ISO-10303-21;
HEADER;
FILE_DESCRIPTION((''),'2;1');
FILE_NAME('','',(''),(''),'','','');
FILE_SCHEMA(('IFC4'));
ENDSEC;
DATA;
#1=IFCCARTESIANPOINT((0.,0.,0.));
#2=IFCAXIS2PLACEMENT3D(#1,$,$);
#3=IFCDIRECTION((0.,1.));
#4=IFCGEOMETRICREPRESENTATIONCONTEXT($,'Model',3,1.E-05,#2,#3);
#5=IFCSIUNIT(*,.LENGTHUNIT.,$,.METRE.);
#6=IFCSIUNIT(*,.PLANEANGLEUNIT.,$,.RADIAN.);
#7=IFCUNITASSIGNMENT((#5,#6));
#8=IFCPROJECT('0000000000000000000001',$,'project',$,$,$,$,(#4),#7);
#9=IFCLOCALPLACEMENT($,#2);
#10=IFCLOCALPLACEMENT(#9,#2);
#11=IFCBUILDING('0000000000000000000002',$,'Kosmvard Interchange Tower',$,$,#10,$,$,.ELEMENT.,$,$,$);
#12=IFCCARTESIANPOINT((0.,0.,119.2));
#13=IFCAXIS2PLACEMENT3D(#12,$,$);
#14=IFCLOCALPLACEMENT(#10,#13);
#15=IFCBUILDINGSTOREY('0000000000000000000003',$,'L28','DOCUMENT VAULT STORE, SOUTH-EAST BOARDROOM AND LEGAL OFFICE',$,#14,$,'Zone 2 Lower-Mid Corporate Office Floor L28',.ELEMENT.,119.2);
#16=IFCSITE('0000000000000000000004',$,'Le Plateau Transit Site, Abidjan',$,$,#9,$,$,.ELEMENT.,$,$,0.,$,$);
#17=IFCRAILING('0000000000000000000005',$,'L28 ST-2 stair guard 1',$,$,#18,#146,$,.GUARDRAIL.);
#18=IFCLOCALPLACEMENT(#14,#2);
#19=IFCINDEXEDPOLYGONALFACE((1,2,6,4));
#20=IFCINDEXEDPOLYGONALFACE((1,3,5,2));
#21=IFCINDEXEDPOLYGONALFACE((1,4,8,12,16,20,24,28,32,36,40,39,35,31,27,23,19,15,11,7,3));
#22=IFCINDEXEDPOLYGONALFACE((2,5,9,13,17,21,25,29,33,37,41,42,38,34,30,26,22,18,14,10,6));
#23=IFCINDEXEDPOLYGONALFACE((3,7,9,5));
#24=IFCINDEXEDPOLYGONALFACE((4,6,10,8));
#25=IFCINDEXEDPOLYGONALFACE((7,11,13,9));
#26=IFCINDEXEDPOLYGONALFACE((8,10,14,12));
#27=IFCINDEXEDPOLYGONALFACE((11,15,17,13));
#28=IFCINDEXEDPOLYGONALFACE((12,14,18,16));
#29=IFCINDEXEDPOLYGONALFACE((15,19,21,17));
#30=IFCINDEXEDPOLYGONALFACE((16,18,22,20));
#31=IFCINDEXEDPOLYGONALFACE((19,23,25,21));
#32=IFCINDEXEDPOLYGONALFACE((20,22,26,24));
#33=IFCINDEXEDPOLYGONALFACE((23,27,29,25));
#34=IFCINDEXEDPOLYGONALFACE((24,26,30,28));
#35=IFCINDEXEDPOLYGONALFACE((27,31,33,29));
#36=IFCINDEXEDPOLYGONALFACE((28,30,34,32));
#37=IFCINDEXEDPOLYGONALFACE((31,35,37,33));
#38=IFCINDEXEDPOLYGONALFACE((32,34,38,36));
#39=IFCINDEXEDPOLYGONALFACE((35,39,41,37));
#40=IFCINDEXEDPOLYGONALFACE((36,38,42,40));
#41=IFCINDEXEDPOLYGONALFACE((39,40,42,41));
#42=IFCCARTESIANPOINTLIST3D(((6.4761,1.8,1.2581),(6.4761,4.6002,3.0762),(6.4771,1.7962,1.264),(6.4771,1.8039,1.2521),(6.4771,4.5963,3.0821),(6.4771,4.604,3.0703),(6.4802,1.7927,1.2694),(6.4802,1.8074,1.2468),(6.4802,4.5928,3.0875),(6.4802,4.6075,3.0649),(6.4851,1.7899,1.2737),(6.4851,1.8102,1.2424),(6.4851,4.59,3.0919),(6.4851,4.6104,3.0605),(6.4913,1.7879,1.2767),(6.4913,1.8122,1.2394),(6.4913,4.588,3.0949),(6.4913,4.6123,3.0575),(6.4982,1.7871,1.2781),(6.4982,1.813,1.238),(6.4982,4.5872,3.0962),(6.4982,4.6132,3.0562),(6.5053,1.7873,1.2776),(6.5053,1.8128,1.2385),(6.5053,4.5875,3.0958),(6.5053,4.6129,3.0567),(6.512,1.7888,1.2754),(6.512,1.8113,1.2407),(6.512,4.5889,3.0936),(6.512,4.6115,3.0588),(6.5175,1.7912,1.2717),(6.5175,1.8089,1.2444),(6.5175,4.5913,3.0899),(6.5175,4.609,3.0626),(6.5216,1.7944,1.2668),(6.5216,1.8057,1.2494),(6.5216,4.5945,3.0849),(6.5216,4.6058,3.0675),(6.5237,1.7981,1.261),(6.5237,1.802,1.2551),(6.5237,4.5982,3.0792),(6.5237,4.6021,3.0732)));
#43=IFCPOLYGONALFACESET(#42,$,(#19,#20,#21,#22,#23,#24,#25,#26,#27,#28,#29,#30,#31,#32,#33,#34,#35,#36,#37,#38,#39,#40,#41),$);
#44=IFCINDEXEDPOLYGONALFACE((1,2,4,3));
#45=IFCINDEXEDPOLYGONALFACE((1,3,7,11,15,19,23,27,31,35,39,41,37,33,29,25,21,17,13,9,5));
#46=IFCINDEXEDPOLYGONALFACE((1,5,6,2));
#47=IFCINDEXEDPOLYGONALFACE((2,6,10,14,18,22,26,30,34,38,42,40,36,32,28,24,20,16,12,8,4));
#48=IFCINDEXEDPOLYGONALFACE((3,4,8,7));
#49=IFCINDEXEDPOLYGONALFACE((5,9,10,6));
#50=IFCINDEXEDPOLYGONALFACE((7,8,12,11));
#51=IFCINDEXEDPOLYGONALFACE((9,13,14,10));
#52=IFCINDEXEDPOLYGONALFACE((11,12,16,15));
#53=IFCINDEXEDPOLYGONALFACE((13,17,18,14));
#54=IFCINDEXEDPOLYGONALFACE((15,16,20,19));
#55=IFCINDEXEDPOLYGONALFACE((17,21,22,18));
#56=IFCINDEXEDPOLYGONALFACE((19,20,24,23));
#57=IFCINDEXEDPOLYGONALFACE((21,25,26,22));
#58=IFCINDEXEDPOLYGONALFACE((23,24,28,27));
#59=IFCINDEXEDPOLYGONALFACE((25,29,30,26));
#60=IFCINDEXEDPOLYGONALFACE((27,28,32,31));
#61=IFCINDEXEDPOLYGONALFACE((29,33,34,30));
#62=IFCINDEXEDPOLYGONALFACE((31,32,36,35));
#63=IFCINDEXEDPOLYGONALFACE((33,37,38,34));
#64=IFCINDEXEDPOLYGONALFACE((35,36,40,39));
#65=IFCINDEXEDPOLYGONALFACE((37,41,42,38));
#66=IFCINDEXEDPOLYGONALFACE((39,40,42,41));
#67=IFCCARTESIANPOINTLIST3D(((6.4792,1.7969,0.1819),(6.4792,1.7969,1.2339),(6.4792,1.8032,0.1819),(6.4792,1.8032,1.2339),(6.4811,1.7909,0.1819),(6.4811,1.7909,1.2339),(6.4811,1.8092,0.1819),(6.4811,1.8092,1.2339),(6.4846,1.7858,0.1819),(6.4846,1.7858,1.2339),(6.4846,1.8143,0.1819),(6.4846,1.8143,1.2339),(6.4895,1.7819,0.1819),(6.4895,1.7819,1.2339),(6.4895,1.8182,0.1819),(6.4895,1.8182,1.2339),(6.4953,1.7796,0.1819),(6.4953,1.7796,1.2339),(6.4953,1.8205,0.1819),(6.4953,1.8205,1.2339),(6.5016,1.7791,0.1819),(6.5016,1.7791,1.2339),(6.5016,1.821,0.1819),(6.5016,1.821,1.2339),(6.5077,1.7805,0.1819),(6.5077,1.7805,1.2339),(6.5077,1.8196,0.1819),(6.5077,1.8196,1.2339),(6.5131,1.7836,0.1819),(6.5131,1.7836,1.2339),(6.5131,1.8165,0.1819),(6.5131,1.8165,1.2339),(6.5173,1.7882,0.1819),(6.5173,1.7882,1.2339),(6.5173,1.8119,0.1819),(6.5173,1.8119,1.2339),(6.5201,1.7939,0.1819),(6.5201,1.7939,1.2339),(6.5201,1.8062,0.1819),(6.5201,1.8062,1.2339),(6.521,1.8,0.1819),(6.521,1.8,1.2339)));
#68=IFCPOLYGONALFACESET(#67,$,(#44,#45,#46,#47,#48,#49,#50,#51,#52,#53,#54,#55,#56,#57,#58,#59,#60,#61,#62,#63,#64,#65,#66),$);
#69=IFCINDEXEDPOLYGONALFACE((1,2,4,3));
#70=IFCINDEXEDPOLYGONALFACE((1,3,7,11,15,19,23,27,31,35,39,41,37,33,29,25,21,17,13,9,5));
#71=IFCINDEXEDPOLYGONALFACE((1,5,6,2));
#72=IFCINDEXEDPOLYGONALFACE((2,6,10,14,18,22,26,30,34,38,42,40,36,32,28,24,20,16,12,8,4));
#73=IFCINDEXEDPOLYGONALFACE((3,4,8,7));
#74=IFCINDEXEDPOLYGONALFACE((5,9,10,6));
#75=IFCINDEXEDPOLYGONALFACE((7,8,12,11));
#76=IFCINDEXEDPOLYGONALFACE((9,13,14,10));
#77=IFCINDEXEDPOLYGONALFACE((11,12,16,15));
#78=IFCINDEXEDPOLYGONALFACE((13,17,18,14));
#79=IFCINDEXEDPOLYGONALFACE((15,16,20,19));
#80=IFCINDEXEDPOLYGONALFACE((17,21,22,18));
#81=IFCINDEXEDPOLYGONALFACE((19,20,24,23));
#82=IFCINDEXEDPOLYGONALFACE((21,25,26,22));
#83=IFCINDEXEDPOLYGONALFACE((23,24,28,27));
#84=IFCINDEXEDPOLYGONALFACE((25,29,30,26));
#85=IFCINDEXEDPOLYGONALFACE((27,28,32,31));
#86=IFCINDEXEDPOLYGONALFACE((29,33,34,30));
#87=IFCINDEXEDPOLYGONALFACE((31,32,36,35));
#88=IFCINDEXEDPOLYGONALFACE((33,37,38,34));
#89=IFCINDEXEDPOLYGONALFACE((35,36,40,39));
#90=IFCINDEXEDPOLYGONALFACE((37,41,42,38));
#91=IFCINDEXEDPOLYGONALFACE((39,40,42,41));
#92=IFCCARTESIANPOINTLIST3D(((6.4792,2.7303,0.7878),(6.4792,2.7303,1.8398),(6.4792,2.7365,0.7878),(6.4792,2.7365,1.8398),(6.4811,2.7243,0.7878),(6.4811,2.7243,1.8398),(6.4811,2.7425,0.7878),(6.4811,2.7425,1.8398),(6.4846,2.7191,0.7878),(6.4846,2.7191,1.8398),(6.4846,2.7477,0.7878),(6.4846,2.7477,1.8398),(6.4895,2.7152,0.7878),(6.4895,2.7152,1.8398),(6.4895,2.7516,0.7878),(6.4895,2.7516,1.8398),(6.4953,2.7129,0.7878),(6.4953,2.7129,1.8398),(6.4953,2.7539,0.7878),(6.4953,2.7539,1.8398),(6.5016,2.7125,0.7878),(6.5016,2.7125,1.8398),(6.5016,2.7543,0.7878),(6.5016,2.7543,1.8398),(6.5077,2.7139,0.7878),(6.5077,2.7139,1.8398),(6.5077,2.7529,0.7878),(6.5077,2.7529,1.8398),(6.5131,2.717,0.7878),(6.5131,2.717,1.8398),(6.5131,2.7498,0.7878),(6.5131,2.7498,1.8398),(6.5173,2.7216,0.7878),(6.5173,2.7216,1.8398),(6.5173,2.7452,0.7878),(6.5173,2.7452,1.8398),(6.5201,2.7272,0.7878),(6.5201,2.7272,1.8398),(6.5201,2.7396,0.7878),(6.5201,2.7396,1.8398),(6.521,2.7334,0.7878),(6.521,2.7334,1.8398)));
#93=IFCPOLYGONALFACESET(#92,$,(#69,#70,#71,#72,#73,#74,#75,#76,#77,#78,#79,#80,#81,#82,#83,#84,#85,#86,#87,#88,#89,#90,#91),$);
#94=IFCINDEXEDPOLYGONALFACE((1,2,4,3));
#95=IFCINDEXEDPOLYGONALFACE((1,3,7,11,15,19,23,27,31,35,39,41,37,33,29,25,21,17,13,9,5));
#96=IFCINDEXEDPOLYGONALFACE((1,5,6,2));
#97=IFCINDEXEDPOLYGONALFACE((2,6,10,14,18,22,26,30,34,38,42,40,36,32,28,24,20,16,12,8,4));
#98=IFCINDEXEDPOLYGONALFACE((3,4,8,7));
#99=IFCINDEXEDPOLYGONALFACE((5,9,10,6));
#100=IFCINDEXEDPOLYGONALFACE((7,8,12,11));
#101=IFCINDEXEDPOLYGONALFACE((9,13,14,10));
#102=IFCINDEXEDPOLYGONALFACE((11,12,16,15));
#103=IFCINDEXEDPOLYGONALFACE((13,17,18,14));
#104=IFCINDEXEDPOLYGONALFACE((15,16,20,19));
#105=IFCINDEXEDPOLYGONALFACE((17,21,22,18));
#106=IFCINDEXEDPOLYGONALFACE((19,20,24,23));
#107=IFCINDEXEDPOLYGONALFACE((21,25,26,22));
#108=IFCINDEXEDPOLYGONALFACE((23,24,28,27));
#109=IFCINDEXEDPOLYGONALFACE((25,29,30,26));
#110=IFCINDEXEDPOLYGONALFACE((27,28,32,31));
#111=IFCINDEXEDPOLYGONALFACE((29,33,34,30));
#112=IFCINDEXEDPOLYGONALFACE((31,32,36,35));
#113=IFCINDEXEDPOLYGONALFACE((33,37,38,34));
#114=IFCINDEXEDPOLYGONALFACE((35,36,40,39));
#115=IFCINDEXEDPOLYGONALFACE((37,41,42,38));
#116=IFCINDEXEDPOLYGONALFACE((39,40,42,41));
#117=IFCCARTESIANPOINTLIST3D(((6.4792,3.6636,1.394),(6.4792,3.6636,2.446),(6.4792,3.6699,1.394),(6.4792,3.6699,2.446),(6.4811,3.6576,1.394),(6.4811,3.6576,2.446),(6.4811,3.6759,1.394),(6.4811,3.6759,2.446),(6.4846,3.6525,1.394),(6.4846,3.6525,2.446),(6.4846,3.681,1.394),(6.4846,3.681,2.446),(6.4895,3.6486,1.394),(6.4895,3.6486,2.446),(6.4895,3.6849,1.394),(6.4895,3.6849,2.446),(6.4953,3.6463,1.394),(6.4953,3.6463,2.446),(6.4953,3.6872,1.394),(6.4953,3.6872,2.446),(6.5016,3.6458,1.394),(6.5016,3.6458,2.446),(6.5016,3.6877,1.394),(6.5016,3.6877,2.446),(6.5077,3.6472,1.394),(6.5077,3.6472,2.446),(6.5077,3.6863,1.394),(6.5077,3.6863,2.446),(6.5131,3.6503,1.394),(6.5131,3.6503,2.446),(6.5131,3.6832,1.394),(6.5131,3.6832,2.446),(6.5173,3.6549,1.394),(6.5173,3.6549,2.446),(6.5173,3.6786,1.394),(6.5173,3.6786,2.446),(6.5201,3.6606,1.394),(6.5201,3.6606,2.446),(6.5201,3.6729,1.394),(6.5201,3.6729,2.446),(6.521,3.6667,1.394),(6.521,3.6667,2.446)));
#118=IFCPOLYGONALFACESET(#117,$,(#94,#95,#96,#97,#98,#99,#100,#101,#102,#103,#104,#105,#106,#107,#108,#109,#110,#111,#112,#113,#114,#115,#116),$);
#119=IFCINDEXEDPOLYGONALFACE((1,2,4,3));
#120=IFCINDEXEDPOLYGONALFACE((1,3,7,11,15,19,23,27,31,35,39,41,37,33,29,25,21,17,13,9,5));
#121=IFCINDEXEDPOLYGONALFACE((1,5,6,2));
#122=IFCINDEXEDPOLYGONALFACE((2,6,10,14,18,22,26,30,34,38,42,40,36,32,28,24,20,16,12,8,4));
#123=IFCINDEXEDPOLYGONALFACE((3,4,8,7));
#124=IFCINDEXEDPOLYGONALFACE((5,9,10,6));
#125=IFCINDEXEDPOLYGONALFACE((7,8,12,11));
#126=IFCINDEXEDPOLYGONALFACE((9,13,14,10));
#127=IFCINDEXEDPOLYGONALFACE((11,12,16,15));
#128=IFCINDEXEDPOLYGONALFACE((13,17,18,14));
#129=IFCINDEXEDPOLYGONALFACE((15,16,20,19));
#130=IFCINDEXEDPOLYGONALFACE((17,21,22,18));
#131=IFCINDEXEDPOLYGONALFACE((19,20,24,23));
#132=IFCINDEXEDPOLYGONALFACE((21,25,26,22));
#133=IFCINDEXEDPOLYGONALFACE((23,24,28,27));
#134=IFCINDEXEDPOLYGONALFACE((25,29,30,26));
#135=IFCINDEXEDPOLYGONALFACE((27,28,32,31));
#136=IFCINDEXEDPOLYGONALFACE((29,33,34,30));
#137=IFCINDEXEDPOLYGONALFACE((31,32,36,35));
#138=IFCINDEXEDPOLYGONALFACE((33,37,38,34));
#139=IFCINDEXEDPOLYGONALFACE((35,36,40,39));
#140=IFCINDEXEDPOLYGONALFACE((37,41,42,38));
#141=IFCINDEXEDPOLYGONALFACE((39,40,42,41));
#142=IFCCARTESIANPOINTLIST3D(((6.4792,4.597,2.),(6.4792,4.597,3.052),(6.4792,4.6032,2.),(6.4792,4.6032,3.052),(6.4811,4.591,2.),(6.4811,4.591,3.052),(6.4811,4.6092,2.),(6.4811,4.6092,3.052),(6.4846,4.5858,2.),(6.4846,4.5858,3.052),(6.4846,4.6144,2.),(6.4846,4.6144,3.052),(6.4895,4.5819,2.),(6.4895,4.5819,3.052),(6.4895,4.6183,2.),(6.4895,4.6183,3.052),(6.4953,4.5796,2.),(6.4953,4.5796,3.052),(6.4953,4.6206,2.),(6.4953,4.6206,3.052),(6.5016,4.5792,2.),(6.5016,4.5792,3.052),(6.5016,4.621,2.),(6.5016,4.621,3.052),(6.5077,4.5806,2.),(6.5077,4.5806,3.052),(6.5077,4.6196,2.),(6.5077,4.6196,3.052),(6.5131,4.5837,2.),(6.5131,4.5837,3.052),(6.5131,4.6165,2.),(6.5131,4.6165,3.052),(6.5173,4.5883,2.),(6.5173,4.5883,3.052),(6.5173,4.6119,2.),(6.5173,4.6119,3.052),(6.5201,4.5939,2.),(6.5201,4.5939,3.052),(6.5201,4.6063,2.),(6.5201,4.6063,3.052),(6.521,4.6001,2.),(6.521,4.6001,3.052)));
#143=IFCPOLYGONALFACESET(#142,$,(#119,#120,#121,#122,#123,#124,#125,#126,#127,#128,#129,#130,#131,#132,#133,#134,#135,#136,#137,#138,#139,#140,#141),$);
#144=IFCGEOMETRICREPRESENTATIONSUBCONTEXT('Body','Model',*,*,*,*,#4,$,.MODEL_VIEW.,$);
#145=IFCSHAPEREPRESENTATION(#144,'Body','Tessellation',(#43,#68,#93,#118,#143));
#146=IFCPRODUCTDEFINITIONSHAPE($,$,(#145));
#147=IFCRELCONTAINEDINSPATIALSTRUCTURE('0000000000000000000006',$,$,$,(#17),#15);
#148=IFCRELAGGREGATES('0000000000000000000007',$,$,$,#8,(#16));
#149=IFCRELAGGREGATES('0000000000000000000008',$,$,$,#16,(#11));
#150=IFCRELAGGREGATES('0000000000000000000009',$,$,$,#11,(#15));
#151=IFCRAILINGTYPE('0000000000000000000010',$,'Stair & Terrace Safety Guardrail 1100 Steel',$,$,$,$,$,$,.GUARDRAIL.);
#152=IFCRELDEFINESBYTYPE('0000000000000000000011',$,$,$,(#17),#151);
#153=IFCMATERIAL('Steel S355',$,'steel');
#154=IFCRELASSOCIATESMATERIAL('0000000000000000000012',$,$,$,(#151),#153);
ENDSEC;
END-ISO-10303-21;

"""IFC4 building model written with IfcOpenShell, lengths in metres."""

from ifc_helpers import new_model, si_unit, direction, frame, origin, origin_2d, place, context, subcontext, project, spatial, circle, extrude, source, transform, mapped, material, type_object, element, save


model = new_model("IFC4")

# Units and contexts
model_context = context("Model", 3, precision=1e-05, world=origin(), true_north=direction((0.0, 1.0)))
body_context = subcontext(model_context, "Body", "Model", "MODEL_VIEW")
ifc_project = project(units=[si_unit("LENGTHUNIT", "METRE"), si_unit("PLANEANGLEUNIT", "RADIAN")], contexts=[model_context])

# Site, building, storey
site_placement = place(None, origin())
site = spatial("IfcSite", under=ifc_project, at=site_placement, Name="Le Plateau Transit Site, Abidjan", CompositionType="ELEMENT", RefElevation=0.0)
building_placement = place(site_placement, origin())
building = spatial("IfcBuilding", under=site, at=building_placement, Name="Kosmvard Interchange Tower", CompositionType="ELEMENT")
storey_placement = place(building_placement, frame((0.0, 0.0, 119.2)))
storey = spatial("IfcBuildingStorey", under=building, at=storey_placement, Name="L28", Description="DOCUMENT VAULT STORE, SOUTH-EAST BOARDROOM AND LEGAL OFFICE", LongName="Zone 2 Lower-Mid Corporate Office Floor L28", CompositionType="ELEMENT", Elevation=119.2)

# Shared definitions
ifc_material_1 = material(Name="Steel S355", Category="steel")

# Railing
railing_type = type_object("IfcRailingType", Name="Stair & Terrace Safety Guardrail 1100 Steel", PredefinedType="GUARDRAIL", material=ifc_material_1)
shared_shape_1 = source(origin(), body_context, "Body", "SweptSolid", [
    extrude(circle(Radius=0.0239, at=origin_2d()), frame((0.0, 0.0, 1.0762), z_axis=(0.0, 0.838706, 0.544585), x_axis=(-1.0, 0.0, 0.0)), (0.0, 0.0, 1.0), 3.3386),
    extrude(circle(Radius=0.021, at=origin_2d()), origin(), (0.0, 0.0, 1.0), 1.052),
    extrude(circle(Radius=0.021, at=origin_2d()), frame((0.0, 0.9333, 0.606)), (0.0, 0.0, 1.0), 1.052),
    extrude(circle(Radius=0.021, at=origin_2d()), frame((0.0, 1.8667, 1.2122)), (0.0, 0.0, 1.0), 1.052),
    extrude(circle(Radius=0.021, at=origin_2d()), frame((0.0, 2.8, 1.8181)), (0.0, 0.0, 1.0), 1.052),
])
railing_1_placement = place(storey_placement, frame((6.5, 1.8, 0.1819)))
element("IfcRailing", 1, at=railing_1_placement, inside=storey, type_object=railing_type, Name="L28 ST-2 stair guard 1", PredefinedType="GUARDRAIL", context=body_context, shape_type="MappedRepresentation", body=[
    mapped(shared_shape_1, transform((0.0, 0.0, 0.0), scale=1.0)),
])

save(model, "model.ifc")
